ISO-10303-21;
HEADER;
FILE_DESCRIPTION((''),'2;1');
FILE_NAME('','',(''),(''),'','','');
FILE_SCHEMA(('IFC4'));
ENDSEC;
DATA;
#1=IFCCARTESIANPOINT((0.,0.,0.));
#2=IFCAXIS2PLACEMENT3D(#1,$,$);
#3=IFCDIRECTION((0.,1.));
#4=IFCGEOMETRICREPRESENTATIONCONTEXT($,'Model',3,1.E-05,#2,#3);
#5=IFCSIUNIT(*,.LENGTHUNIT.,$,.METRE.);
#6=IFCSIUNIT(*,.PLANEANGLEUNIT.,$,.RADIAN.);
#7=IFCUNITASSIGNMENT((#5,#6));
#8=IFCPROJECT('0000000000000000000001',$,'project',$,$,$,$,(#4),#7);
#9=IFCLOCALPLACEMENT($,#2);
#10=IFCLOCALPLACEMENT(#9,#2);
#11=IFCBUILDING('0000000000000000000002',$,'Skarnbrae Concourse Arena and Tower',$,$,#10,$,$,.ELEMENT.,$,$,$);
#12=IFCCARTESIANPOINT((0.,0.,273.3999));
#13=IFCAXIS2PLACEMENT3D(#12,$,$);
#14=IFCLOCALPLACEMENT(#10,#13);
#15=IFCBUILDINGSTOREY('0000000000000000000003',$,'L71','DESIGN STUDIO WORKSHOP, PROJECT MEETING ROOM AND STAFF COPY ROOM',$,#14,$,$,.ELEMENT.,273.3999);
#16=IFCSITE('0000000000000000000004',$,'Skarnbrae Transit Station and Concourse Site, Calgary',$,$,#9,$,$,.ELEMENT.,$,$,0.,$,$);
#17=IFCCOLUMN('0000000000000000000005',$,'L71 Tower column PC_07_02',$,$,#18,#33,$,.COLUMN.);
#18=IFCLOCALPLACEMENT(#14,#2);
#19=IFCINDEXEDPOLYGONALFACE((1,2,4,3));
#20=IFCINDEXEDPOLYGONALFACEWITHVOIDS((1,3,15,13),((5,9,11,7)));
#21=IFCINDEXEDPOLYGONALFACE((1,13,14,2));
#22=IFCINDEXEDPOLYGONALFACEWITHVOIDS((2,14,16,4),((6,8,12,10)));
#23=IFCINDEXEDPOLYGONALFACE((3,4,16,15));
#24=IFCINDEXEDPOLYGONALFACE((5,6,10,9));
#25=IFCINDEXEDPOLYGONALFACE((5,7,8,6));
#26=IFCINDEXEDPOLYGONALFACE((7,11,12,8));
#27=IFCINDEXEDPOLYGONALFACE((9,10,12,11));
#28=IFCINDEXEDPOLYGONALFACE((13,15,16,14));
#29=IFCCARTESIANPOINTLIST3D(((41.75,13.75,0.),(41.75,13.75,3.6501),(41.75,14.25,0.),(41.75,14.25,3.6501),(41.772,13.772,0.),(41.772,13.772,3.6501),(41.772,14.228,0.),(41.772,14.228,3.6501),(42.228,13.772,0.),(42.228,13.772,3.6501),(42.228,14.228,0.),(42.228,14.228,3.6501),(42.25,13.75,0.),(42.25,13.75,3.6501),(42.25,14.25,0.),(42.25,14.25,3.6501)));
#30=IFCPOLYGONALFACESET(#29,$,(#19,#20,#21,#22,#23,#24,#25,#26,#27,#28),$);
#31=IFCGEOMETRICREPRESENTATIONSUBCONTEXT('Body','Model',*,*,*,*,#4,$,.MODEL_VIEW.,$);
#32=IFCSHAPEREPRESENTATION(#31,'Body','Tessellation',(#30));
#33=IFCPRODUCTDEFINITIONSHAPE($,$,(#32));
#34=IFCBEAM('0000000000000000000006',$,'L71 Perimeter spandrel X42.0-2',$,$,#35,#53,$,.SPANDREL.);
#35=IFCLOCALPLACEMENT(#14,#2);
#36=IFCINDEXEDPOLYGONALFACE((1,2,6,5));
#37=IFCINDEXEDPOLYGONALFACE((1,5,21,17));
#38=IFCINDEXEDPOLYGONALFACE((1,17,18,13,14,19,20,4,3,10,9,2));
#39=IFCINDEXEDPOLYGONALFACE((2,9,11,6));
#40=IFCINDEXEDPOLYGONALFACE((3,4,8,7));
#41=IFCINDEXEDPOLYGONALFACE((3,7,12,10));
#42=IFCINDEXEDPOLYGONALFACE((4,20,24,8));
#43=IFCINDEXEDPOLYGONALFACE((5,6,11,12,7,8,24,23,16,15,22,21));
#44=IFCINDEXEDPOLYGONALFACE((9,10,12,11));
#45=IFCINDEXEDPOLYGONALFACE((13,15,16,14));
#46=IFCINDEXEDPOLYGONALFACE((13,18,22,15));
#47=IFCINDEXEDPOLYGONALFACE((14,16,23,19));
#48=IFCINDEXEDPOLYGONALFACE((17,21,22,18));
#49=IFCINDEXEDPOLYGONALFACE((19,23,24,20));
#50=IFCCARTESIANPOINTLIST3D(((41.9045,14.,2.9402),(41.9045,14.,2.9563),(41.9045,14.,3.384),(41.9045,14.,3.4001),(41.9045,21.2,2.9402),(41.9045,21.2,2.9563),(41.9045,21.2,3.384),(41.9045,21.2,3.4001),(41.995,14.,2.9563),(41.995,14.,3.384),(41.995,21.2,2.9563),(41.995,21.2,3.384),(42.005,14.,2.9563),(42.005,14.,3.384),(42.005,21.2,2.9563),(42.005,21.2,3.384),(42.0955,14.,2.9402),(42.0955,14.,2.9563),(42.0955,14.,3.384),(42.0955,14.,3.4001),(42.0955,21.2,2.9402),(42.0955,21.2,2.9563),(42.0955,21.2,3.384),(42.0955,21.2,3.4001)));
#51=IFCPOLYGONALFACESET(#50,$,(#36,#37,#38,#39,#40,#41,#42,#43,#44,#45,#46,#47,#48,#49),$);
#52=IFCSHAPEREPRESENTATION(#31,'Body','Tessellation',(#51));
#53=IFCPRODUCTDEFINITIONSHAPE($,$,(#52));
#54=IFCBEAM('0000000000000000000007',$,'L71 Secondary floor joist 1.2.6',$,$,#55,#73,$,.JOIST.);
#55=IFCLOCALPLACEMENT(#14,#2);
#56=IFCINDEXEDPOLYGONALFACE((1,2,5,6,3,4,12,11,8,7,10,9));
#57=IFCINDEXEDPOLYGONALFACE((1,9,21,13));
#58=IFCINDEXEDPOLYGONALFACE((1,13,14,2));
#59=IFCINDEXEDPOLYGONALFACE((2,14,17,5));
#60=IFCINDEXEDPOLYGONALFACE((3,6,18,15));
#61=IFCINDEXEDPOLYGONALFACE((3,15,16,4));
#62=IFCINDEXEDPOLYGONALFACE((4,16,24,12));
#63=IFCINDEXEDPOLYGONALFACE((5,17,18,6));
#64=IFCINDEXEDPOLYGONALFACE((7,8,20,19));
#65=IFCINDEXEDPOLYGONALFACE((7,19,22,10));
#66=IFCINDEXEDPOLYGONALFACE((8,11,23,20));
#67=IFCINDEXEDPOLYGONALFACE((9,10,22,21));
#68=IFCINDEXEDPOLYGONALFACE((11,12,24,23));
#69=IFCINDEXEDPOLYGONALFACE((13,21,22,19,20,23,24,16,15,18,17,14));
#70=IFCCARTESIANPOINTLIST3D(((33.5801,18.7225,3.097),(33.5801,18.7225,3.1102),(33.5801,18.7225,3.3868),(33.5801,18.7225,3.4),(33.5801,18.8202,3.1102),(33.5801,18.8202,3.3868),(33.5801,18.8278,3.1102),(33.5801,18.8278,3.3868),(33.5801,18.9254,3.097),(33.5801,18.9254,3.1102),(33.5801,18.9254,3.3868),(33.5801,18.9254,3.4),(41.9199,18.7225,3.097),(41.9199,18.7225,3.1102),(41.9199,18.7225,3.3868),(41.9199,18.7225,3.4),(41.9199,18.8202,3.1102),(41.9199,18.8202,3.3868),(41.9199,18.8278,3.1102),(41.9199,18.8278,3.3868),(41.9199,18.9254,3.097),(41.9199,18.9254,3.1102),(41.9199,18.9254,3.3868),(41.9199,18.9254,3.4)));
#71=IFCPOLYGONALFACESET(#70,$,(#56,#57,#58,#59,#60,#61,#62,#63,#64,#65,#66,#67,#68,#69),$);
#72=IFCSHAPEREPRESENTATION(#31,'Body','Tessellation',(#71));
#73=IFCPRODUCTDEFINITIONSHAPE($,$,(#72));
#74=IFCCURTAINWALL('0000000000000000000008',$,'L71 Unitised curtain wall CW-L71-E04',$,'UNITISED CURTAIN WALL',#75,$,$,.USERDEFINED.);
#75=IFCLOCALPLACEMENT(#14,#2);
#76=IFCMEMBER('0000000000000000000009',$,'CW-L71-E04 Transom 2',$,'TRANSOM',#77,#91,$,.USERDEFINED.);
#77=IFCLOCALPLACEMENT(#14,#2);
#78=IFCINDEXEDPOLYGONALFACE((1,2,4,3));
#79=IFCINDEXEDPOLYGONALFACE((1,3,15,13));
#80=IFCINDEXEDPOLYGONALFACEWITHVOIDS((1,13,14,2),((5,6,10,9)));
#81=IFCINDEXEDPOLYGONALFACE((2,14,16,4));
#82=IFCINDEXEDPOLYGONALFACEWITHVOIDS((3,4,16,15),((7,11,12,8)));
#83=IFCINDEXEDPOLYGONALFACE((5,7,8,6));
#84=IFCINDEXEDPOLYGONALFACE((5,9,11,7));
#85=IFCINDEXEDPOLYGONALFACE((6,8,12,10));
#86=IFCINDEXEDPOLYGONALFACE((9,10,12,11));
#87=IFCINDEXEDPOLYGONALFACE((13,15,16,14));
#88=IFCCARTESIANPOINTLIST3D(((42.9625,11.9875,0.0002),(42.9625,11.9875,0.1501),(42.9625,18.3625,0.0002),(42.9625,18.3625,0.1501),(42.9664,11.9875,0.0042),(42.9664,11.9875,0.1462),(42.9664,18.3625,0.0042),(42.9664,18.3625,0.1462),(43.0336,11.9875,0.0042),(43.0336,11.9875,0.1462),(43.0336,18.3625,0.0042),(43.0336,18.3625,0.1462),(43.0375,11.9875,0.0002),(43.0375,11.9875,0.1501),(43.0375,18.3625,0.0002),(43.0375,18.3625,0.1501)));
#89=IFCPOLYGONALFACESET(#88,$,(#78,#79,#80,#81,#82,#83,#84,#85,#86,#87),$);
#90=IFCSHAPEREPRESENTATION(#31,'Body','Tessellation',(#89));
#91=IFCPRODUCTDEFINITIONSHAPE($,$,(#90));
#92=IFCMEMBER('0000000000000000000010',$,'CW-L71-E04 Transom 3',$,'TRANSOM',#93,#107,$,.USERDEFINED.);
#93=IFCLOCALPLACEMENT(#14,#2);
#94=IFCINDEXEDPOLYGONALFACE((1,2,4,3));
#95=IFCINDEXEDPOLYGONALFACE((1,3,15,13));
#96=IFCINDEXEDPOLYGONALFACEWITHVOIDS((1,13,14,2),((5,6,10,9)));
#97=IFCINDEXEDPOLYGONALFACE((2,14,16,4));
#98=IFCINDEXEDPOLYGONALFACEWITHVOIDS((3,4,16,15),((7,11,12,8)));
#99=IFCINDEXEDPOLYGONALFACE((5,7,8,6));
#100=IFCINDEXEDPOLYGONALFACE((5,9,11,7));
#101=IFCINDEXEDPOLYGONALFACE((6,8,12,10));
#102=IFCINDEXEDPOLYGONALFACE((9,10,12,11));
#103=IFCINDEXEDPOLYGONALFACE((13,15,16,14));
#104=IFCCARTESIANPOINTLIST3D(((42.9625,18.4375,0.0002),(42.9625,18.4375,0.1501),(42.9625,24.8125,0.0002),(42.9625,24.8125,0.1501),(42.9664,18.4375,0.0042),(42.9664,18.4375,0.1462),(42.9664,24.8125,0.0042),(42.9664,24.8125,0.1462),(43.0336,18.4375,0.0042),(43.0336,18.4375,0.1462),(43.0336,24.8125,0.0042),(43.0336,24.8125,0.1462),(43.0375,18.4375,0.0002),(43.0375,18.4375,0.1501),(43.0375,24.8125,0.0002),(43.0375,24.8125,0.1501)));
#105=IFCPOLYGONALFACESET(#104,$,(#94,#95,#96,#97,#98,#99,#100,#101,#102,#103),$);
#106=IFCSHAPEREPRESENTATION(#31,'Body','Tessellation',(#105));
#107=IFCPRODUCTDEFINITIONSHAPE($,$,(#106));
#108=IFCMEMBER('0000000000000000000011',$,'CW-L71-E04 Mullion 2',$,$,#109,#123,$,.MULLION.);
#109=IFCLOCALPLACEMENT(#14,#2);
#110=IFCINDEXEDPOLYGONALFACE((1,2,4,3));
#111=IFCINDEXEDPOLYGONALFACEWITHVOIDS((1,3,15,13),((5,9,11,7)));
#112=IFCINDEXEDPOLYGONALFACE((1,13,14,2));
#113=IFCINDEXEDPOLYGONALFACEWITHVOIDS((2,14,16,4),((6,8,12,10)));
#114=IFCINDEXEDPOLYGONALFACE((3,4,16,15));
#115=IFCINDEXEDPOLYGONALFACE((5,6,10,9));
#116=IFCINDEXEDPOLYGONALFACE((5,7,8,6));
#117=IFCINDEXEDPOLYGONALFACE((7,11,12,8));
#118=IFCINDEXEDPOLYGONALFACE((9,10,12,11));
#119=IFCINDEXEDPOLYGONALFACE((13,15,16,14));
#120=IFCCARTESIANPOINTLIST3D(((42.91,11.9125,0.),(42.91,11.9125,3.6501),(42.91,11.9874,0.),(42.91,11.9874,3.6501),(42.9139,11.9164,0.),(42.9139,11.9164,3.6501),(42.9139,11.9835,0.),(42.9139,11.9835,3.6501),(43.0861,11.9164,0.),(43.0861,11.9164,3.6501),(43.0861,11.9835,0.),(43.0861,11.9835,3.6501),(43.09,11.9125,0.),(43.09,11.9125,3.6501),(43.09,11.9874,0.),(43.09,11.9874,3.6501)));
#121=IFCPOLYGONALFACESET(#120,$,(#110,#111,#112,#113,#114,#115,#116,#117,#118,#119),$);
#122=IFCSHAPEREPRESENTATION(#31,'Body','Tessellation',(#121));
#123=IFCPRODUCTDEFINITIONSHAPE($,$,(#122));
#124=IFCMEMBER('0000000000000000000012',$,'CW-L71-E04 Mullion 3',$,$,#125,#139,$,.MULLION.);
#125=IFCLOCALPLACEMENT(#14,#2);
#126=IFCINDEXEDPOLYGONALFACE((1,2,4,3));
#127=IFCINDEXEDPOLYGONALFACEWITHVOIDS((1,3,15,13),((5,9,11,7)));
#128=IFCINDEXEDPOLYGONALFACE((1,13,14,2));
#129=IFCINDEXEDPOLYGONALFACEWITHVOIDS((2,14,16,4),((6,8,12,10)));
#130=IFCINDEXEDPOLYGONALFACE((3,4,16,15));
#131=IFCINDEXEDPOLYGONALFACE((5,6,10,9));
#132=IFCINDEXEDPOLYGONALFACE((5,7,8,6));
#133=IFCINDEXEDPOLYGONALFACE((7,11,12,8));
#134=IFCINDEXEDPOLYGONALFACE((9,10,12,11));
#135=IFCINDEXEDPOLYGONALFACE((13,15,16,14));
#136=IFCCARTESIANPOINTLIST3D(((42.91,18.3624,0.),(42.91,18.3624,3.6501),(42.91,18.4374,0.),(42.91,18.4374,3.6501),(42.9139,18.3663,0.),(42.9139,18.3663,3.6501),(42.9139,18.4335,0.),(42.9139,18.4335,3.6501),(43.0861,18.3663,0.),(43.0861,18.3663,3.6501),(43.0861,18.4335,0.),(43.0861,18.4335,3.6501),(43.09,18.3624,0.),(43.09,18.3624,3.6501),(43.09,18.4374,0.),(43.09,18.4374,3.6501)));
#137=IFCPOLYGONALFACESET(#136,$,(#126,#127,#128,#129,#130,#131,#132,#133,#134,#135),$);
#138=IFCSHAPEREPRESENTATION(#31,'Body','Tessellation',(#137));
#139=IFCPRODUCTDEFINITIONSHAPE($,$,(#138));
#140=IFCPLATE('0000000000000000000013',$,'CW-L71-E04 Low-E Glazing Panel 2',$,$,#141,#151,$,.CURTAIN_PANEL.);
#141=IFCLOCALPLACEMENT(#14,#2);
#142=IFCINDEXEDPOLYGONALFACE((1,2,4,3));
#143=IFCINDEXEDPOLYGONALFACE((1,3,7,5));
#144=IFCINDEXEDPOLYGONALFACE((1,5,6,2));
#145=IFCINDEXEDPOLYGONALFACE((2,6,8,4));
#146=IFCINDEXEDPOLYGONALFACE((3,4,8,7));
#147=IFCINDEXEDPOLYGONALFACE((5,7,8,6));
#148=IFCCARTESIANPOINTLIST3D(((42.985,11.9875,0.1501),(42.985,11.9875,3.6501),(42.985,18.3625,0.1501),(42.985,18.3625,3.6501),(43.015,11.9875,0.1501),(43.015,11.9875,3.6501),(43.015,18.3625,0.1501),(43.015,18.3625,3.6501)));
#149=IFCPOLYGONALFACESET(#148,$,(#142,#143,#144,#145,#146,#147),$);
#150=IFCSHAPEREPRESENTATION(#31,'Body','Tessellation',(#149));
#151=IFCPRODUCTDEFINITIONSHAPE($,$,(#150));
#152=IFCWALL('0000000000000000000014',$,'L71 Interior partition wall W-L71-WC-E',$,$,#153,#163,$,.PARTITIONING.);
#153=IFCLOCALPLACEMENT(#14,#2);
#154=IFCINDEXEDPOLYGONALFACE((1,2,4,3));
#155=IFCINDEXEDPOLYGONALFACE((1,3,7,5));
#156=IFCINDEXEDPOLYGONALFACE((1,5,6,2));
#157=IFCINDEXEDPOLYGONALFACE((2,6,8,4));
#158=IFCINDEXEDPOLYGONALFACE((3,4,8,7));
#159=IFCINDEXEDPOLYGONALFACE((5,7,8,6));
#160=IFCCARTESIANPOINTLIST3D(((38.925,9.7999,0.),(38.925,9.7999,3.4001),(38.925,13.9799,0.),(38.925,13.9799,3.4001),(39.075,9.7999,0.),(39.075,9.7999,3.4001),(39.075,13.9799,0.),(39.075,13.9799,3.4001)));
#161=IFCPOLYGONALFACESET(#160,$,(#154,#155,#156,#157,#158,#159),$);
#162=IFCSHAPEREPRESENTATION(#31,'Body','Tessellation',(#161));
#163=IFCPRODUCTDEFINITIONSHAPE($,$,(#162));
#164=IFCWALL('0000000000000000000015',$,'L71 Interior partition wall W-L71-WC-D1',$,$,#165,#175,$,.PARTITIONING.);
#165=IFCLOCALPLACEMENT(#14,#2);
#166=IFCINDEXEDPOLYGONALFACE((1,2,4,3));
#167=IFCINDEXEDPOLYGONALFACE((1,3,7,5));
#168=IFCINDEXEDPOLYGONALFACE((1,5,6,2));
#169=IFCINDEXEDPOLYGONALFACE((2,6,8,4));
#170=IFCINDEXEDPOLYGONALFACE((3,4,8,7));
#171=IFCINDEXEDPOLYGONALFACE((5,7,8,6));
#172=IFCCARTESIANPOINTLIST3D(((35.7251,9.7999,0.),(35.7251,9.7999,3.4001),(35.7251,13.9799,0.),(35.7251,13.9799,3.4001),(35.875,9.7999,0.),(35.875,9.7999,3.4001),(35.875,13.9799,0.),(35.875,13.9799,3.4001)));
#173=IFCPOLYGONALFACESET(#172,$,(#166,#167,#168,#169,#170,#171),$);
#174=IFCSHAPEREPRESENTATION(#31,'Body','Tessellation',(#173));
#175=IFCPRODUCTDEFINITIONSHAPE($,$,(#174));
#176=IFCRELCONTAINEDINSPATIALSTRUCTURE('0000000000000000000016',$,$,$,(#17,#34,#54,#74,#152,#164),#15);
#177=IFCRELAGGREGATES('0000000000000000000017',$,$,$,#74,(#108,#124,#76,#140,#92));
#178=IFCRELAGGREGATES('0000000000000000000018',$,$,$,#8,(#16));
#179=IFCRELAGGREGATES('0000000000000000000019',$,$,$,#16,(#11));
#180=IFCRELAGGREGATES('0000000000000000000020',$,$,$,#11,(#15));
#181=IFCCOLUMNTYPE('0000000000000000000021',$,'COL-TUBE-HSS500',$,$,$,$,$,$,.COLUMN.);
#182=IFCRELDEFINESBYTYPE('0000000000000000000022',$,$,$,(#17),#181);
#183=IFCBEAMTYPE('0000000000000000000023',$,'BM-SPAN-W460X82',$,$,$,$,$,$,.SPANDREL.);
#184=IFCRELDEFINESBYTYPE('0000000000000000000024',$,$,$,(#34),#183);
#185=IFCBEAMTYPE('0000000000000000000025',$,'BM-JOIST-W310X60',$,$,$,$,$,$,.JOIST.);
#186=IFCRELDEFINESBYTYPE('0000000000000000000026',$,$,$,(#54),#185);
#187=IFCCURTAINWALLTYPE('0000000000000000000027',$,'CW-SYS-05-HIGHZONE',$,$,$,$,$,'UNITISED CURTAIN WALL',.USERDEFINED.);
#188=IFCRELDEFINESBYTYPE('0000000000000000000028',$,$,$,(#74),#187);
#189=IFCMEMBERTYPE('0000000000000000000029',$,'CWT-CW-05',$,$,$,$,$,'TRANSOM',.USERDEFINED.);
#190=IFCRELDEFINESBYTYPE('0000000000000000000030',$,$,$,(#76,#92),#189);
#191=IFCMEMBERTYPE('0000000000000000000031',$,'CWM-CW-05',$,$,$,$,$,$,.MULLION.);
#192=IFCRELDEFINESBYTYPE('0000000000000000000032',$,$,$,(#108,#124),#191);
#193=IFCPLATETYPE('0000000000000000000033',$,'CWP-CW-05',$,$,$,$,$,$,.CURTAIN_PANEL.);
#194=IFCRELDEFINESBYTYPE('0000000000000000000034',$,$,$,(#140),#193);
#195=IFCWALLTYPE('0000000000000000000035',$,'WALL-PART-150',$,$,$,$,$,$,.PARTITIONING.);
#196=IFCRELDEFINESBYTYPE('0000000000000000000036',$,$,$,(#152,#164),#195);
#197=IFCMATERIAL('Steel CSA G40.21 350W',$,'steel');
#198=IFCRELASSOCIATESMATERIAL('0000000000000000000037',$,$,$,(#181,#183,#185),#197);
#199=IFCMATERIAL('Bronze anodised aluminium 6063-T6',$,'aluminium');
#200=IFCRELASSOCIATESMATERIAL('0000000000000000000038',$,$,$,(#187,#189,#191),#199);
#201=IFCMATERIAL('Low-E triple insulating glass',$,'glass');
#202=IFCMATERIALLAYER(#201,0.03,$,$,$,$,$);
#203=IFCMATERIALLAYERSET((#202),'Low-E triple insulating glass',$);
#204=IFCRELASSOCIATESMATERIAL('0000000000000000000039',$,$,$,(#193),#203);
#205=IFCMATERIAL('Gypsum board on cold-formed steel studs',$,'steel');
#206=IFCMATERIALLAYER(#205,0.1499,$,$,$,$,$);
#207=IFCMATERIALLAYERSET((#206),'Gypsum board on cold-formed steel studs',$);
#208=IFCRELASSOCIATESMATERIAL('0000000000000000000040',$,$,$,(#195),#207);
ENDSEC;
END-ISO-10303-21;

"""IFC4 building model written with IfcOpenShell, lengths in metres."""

from ifc_helpers import new_model, si_unit, direction, frame, frame_2d, origin, origin_2d, place, context, subcontext, project, spatial, rectangle, hollow_rectangle, i_section, extrude, source, transform, mapped, material, layer, layer_set, material_profile, profile_set, type_object, element, aggregate, save


model = new_model("IFC4")

# Units and contexts
model_context = context("Model", 3, precision=1e-05, world=origin(), true_north=direction((0.0, 1.0)))
body_context = subcontext(model_context, "Body", "Model", "MODEL_VIEW")
ifc_project = project(units=[si_unit("LENGTHUNIT", "METRE"), si_unit("PLANEANGLEUNIT", "RADIAN")], contexts=[model_context])

# Site, building, storey
site_placement = place(None, origin())
site = spatial("IfcSite", under=ifc_project, at=site_placement, Name="Skarnbrae Transit Station and Concourse Site, Calgary", CompositionType="ELEMENT", RefElevation=0.0)
building_placement = place(site_placement, origin())
building = spatial("IfcBuilding", under=site, at=building_placement, Name="Skarnbrae Concourse Arena and Tower", CompositionType="ELEMENT")
storey_placement = place(building_placement, frame((0.0, 0.0, 273.3999)))
storey = spatial("IfcBuildingStorey", under=building, at=storey_placement, Name="L71", Description="DESIGN STUDIO WORKSHOP, PROJECT MEETING ROOM AND STAFF COPY ROOM", CompositionType="ELEMENT", Elevation=273.3999)

# Column
ifc_material_1 = material(Name="Steel CSA G40.21 350W", Category="steel")
ifc_material_profile_1 = material_profile(ifc_material_1, hollow_rectangle(XDim=0.5, YDim=0.5, WallThickness=0.022, at=origin_2d()), Name="HSS500X500X22.0")
ifc_profile_set_1 = profile_set([ifc_material_profile_1], Name="Steel CSA G40.21 350W")
column_type = type_object("IfcColumnType", Name="COL-TUBE-HSS500", PredefinedType="COLUMN", material=ifc_profile_set_1)
shared_shape_1 = source(origin(), body_context, "Body", "SweptSolid", [
    extrude(hollow_rectangle(XDim=0.5, YDim=0.5, WallThickness=0.022, at=origin_2d()), origin(), (0.0, 0.0, 1.0), 3.6501),
])
column_placement = place(storey_placement, frame((42.0, 14.0, 0.0), z_axis=(0.0, 0.0, 1.0), x_axis=(1.0, 0.0, 0.0)))
element("IfcColumn", 1, at=column_placement, inside=storey, type_object=column_type, Name="L71 Tower column PC_07_02", PredefinedType="COLUMN", context=body_context, shape_type="MappedRepresentation", body=[
    mapped(shared_shape_1, transform((0.0, 0.0, 0.0))),
])

# Beams
ifc_material_profile_2 = material_profile(ifc_material_1, i_section(OverallWidth=0.1909, OverallDepth=0.46, WebThickness=0.01, FlangeThickness=0.0161, at=origin_2d()), Name="W460X82")
ifc_profile_set_2 = profile_set([ifc_material_profile_2], Name="Steel CSA G40.21 350W")
beam_type_1 = type_object("IfcBeamType", Name="BM-SPAN-W460X82", PredefinedType="SPANDREL", material=ifc_profile_set_2)
shared_shape_2 = source(origin(), body_context, "Body", "SweptSolid", [
    extrude(i_section(OverallWidth=0.1909, OverallDepth=0.46, WebThickness=0.01, FlangeThickness=0.0161, at=origin_2d()), origin(), (0.0, 0.0, 1.0), 7.2),
])
beam_1_placement = place(storey_placement, frame((42.0, 14.0, 3.1702), z_axis=(0.0, 1.0, 0.0), x_axis=(-1.0, 0.0, 0.0)))
element("IfcBeam", 2, at=beam_1_placement, inside=storey, type_object=beam_type_1, Name="L71 Perimeter spandrel X42.0-2", PredefinedType="SPANDREL", context=body_context, shape_type="MappedRepresentation", body=[
    mapped(shared_shape_2, transform((0.0, 0.0, 0.0))),
])
ifc_material_profile_3 = material_profile(ifc_material_1, i_section(OverallWidth=0.2029, OverallDepth=0.303, WebThickness=0.0076, FlangeThickness=0.0132, at=origin_2d()), Name="W310X60")
ifc_profile_set_3 = profile_set([ifc_material_profile_3], Name="Steel CSA G40.21 350W")
beam_type_2 = type_object("IfcBeamType", Name="BM-JOIST-W310X60", PredefinedType="JOIST", material=ifc_profile_set_3)
shared_shape_3 = source(origin(), body_context, "Body", "SweptSolid", [
    extrude(i_section(OverallWidth=0.2029, OverallDepth=0.303, WebThickness=0.0076, FlangeThickness=0.0132, at=origin_2d()), origin(), (0.0, 0.0, 1.0), 8.3398),
])
beam_2_placement = place(storey_placement, frame((33.5801, 18.824, 3.2485), z_axis=(1.0, 0.0, 0.0), x_axis=(0.0, 1.0, 0.0)))
element("IfcBeam", 3, at=beam_2_placement, inside=storey, type_object=beam_type_2, Name="L71 Secondary floor joist 1.2.6", PredefinedType="JOIST", context=body_context, shape_type="MappedRepresentation", body=[
    mapped(shared_shape_3, transform((0.0, 0.0, 0.0))),
])

# Curtain wall, members, plate
ifc_material_2 = material(Name="Bronze anodised aluminium 6063-T6", Category="aluminium")
curtain_wall_type = type_object("IfcCurtainWallType", Name="CW-SYS-05-HIGHZONE", ElementType="UNITISED CURTAIN WALL", PredefinedType="USERDEFINED", material=ifc_material_2)
curtain_wall_placement = place(storey_placement, origin())
curtain_wall = element("IfcCurtainWall", 4, at=curtain_wall_placement, inside=storey, type_object=curtain_wall_type, Name="L71 Unitised curtain wall CW-L71-E04", ObjectType="UNITISED CURTAIN WALL", PredefinedType="USERDEFINED")
ifc_material_profile_4 = material_profile(ifc_material_2, hollow_rectangle(XDim=0.075, YDim=0.1499, WallThickness=0.0039, at=origin_2d()), Name="ALU-TRAN-75X150")
ifc_profile_set_4 = profile_set([ifc_material_profile_4], Name="Bronze anodised aluminium 6063-T6")
member_type_1 = type_object("IfcMemberType", Name="CWT-CW-05", ElementType="TRANSOM", PredefinedType="USERDEFINED", material=ifc_profile_set_4)
shared_shape_4 = source(origin(), body_context, "Body", "SweptSolid", [
    extrude(hollow_rectangle(XDim=0.075, YDim=0.1499, WallThickness=0.0039, at=origin_2d()), origin(), (0.0, 0.0, 1.0), 6.375),
])
member_1_placement = place(storey_placement, frame((43.0, 11.9875, 0.0752), z_axis=(0.0, 1.0, 0.0), x_axis=(-1.0, 0.0, 0.0)))
member_1 = element("IfcMember", 5, at=member_1_placement, type_object=member_type_1, Name="CW-L71-E04 Transom 2", ObjectType="TRANSOM", PredefinedType="USERDEFINED", context=body_context, shape_type="MappedRepresentation", body=[
    mapped(shared_shape_4, transform((0.0, 0.0, 0.0))),
])
member_2_placement = place(storey_placement, frame((43.0, 18.4375, 0.0752), z_axis=(0.0, 1.0, 0.0), x_axis=(-1.0, 0.0, 0.0)))
member_2 = element("IfcMember", 6, at=member_2_placement, type_object=member_type_1, Name="CW-L71-E04 Transom 3", ObjectType="TRANSOM", PredefinedType="USERDEFINED", context=body_context, shape_type="MappedRepresentation", body=[
    mapped(shared_shape_4, transform((0.0, 0.0, 0.0))),
])
ifc_material_profile_5 = material_profile(ifc_material_2, hollow_rectangle(XDim=0.075, YDim=0.1799, WallThickness=0.0039, at=origin_2d()), Name="ALU-MULL-75X180")
ifc_profile_set_5 = profile_set([ifc_material_profile_5], Name="Bronze anodised aluminium 6063-T6")
member_type_2 = type_object("IfcMemberType", Name="CWM-CW-05", PredefinedType="MULLION", material=ifc_profile_set_5)
shared_shape_5 = source(origin(), body_context, "Body", "SweptSolid", [
    extrude(hollow_rectangle(XDim=0.075, YDim=0.1799, WallThickness=0.0039, at=origin_2d()), origin(), (0.0, 0.0, 1.0), 3.6501),
])
member_3_placement = place(storey_placement, frame((43.0, 11.95, 0.0), z_axis=(0.0, 0.0, 1.0), x_axis=(0.0, 1.0, 0.0)))
member_3 = element("IfcMember", 7, at=member_3_placement, type_object=member_type_2, Name="CW-L71-E04 Mullion 2", PredefinedType="MULLION", context=body_context, shape_type="MappedRepresentation", body=[
    mapped(shared_shape_5, transform((0.0, 0.0, 0.0))),
])
member_4_placement = place(storey_placement, frame((43.0, 18.3999, 0.0), z_axis=(0.0, 0.0, 1.0), x_axis=(0.0, 1.0, 0.0)))
member_4 = element("IfcMember", 8, at=member_4_placement, type_object=member_type_2, Name="CW-L71-E04 Mullion 3", PredefinedType="MULLION", context=body_context, shape_type="MappedRepresentation", body=[
    mapped(shared_shape_5, transform((0.0, 0.0, 0.0))),
])
ifc_material_3 = material(Name="Low-E triple insulating glass", Category="glass")
ifc_layer_1 = layer(ifc_material_3, 0.03)
ifc_layer_set_1 = layer_set([ifc_layer_1], Name="Low-E triple insulating glass")
plate_type = type_object("IfcPlateType", Name="CWP-CW-05", PredefinedType="CURTAIN_PANEL", material=ifc_layer_set_1)
shared_shape_6 = source(origin(), body_context, "Body", "SweptSolid", [
    extrude(rectangle(XDim=6.375, YDim=0.03, at=origin_2d()), origin(), (0.0, 0.0, 1.0), 3.5),
])
plate_placement = place(storey_placement, frame((43.0, 15.175, 0.1501), z_axis=(0.0, 0.0, 1.0), x_axis=(0.0, 1.0, 0.0)))
plate = element("IfcPlate", 9, at=plate_placement, type_object=plate_type, Name="CW-L71-E04 Low-E Glazing Panel 2", PredefinedType="CURTAIN_PANEL", context=body_context, shape_type="MappedRepresentation", body=[
    mapped(shared_shape_6, transform((0.0, 0.0, 0.0))),
])
aggregate(curtain_wall, [member_3, member_4, member_1, plate, member_2])

# Walls
ifc_material_4 = material(Name="Gypsum board on cold-formed steel studs", Category="steel")
ifc_layer_2 = layer(ifc_material_4, 0.1499)
ifc_layer_set_2 = layer_set([ifc_layer_2], Name="Gypsum board on cold-formed steel studs")
wall_type_1 = type_object("IfcWallType", Name="WALL-PART-150", PredefinedType="PARTITIONING", material=ifc_layer_set_2)
shared_shape_7 = source(origin(), body_context, "Body", "SweptSolid", [
    extrude(rectangle(XDim=4.1799, YDim=0.1499, at=frame_2d((2.0898, 0.0))), origin(), (0.0, 0.0, 1.0), 3.4001),
])
for number, where, z_axis, x_axis, name in (
    (10, (39.0, 9.8, 0.0), (0.0, 0.0, 1.0), (0.0, 1.0, 0.0), "L71 Interior partition wall W-L71-WC-E"),
    (11, (35.8, 9.8, 0.0), (0.0, 0.0, 1.0), (0.0, 1.0, 0.0), "L71 Interior partition wall W-L71-WC-D1"),
):
    element("IfcWall", number, at=place(storey_placement, frame(where, z_axis=z_axis, x_axis=x_axis)), inside=storey, type_object=wall_type_1, Name=name, PredefinedType="PARTITIONING", context=body_context, shape_type="MappedRepresentation", body=[
        mapped(shared_shape_7, transform((0.0, 0.0, 0.0))),
    ])

save(model, "model.ifc")
